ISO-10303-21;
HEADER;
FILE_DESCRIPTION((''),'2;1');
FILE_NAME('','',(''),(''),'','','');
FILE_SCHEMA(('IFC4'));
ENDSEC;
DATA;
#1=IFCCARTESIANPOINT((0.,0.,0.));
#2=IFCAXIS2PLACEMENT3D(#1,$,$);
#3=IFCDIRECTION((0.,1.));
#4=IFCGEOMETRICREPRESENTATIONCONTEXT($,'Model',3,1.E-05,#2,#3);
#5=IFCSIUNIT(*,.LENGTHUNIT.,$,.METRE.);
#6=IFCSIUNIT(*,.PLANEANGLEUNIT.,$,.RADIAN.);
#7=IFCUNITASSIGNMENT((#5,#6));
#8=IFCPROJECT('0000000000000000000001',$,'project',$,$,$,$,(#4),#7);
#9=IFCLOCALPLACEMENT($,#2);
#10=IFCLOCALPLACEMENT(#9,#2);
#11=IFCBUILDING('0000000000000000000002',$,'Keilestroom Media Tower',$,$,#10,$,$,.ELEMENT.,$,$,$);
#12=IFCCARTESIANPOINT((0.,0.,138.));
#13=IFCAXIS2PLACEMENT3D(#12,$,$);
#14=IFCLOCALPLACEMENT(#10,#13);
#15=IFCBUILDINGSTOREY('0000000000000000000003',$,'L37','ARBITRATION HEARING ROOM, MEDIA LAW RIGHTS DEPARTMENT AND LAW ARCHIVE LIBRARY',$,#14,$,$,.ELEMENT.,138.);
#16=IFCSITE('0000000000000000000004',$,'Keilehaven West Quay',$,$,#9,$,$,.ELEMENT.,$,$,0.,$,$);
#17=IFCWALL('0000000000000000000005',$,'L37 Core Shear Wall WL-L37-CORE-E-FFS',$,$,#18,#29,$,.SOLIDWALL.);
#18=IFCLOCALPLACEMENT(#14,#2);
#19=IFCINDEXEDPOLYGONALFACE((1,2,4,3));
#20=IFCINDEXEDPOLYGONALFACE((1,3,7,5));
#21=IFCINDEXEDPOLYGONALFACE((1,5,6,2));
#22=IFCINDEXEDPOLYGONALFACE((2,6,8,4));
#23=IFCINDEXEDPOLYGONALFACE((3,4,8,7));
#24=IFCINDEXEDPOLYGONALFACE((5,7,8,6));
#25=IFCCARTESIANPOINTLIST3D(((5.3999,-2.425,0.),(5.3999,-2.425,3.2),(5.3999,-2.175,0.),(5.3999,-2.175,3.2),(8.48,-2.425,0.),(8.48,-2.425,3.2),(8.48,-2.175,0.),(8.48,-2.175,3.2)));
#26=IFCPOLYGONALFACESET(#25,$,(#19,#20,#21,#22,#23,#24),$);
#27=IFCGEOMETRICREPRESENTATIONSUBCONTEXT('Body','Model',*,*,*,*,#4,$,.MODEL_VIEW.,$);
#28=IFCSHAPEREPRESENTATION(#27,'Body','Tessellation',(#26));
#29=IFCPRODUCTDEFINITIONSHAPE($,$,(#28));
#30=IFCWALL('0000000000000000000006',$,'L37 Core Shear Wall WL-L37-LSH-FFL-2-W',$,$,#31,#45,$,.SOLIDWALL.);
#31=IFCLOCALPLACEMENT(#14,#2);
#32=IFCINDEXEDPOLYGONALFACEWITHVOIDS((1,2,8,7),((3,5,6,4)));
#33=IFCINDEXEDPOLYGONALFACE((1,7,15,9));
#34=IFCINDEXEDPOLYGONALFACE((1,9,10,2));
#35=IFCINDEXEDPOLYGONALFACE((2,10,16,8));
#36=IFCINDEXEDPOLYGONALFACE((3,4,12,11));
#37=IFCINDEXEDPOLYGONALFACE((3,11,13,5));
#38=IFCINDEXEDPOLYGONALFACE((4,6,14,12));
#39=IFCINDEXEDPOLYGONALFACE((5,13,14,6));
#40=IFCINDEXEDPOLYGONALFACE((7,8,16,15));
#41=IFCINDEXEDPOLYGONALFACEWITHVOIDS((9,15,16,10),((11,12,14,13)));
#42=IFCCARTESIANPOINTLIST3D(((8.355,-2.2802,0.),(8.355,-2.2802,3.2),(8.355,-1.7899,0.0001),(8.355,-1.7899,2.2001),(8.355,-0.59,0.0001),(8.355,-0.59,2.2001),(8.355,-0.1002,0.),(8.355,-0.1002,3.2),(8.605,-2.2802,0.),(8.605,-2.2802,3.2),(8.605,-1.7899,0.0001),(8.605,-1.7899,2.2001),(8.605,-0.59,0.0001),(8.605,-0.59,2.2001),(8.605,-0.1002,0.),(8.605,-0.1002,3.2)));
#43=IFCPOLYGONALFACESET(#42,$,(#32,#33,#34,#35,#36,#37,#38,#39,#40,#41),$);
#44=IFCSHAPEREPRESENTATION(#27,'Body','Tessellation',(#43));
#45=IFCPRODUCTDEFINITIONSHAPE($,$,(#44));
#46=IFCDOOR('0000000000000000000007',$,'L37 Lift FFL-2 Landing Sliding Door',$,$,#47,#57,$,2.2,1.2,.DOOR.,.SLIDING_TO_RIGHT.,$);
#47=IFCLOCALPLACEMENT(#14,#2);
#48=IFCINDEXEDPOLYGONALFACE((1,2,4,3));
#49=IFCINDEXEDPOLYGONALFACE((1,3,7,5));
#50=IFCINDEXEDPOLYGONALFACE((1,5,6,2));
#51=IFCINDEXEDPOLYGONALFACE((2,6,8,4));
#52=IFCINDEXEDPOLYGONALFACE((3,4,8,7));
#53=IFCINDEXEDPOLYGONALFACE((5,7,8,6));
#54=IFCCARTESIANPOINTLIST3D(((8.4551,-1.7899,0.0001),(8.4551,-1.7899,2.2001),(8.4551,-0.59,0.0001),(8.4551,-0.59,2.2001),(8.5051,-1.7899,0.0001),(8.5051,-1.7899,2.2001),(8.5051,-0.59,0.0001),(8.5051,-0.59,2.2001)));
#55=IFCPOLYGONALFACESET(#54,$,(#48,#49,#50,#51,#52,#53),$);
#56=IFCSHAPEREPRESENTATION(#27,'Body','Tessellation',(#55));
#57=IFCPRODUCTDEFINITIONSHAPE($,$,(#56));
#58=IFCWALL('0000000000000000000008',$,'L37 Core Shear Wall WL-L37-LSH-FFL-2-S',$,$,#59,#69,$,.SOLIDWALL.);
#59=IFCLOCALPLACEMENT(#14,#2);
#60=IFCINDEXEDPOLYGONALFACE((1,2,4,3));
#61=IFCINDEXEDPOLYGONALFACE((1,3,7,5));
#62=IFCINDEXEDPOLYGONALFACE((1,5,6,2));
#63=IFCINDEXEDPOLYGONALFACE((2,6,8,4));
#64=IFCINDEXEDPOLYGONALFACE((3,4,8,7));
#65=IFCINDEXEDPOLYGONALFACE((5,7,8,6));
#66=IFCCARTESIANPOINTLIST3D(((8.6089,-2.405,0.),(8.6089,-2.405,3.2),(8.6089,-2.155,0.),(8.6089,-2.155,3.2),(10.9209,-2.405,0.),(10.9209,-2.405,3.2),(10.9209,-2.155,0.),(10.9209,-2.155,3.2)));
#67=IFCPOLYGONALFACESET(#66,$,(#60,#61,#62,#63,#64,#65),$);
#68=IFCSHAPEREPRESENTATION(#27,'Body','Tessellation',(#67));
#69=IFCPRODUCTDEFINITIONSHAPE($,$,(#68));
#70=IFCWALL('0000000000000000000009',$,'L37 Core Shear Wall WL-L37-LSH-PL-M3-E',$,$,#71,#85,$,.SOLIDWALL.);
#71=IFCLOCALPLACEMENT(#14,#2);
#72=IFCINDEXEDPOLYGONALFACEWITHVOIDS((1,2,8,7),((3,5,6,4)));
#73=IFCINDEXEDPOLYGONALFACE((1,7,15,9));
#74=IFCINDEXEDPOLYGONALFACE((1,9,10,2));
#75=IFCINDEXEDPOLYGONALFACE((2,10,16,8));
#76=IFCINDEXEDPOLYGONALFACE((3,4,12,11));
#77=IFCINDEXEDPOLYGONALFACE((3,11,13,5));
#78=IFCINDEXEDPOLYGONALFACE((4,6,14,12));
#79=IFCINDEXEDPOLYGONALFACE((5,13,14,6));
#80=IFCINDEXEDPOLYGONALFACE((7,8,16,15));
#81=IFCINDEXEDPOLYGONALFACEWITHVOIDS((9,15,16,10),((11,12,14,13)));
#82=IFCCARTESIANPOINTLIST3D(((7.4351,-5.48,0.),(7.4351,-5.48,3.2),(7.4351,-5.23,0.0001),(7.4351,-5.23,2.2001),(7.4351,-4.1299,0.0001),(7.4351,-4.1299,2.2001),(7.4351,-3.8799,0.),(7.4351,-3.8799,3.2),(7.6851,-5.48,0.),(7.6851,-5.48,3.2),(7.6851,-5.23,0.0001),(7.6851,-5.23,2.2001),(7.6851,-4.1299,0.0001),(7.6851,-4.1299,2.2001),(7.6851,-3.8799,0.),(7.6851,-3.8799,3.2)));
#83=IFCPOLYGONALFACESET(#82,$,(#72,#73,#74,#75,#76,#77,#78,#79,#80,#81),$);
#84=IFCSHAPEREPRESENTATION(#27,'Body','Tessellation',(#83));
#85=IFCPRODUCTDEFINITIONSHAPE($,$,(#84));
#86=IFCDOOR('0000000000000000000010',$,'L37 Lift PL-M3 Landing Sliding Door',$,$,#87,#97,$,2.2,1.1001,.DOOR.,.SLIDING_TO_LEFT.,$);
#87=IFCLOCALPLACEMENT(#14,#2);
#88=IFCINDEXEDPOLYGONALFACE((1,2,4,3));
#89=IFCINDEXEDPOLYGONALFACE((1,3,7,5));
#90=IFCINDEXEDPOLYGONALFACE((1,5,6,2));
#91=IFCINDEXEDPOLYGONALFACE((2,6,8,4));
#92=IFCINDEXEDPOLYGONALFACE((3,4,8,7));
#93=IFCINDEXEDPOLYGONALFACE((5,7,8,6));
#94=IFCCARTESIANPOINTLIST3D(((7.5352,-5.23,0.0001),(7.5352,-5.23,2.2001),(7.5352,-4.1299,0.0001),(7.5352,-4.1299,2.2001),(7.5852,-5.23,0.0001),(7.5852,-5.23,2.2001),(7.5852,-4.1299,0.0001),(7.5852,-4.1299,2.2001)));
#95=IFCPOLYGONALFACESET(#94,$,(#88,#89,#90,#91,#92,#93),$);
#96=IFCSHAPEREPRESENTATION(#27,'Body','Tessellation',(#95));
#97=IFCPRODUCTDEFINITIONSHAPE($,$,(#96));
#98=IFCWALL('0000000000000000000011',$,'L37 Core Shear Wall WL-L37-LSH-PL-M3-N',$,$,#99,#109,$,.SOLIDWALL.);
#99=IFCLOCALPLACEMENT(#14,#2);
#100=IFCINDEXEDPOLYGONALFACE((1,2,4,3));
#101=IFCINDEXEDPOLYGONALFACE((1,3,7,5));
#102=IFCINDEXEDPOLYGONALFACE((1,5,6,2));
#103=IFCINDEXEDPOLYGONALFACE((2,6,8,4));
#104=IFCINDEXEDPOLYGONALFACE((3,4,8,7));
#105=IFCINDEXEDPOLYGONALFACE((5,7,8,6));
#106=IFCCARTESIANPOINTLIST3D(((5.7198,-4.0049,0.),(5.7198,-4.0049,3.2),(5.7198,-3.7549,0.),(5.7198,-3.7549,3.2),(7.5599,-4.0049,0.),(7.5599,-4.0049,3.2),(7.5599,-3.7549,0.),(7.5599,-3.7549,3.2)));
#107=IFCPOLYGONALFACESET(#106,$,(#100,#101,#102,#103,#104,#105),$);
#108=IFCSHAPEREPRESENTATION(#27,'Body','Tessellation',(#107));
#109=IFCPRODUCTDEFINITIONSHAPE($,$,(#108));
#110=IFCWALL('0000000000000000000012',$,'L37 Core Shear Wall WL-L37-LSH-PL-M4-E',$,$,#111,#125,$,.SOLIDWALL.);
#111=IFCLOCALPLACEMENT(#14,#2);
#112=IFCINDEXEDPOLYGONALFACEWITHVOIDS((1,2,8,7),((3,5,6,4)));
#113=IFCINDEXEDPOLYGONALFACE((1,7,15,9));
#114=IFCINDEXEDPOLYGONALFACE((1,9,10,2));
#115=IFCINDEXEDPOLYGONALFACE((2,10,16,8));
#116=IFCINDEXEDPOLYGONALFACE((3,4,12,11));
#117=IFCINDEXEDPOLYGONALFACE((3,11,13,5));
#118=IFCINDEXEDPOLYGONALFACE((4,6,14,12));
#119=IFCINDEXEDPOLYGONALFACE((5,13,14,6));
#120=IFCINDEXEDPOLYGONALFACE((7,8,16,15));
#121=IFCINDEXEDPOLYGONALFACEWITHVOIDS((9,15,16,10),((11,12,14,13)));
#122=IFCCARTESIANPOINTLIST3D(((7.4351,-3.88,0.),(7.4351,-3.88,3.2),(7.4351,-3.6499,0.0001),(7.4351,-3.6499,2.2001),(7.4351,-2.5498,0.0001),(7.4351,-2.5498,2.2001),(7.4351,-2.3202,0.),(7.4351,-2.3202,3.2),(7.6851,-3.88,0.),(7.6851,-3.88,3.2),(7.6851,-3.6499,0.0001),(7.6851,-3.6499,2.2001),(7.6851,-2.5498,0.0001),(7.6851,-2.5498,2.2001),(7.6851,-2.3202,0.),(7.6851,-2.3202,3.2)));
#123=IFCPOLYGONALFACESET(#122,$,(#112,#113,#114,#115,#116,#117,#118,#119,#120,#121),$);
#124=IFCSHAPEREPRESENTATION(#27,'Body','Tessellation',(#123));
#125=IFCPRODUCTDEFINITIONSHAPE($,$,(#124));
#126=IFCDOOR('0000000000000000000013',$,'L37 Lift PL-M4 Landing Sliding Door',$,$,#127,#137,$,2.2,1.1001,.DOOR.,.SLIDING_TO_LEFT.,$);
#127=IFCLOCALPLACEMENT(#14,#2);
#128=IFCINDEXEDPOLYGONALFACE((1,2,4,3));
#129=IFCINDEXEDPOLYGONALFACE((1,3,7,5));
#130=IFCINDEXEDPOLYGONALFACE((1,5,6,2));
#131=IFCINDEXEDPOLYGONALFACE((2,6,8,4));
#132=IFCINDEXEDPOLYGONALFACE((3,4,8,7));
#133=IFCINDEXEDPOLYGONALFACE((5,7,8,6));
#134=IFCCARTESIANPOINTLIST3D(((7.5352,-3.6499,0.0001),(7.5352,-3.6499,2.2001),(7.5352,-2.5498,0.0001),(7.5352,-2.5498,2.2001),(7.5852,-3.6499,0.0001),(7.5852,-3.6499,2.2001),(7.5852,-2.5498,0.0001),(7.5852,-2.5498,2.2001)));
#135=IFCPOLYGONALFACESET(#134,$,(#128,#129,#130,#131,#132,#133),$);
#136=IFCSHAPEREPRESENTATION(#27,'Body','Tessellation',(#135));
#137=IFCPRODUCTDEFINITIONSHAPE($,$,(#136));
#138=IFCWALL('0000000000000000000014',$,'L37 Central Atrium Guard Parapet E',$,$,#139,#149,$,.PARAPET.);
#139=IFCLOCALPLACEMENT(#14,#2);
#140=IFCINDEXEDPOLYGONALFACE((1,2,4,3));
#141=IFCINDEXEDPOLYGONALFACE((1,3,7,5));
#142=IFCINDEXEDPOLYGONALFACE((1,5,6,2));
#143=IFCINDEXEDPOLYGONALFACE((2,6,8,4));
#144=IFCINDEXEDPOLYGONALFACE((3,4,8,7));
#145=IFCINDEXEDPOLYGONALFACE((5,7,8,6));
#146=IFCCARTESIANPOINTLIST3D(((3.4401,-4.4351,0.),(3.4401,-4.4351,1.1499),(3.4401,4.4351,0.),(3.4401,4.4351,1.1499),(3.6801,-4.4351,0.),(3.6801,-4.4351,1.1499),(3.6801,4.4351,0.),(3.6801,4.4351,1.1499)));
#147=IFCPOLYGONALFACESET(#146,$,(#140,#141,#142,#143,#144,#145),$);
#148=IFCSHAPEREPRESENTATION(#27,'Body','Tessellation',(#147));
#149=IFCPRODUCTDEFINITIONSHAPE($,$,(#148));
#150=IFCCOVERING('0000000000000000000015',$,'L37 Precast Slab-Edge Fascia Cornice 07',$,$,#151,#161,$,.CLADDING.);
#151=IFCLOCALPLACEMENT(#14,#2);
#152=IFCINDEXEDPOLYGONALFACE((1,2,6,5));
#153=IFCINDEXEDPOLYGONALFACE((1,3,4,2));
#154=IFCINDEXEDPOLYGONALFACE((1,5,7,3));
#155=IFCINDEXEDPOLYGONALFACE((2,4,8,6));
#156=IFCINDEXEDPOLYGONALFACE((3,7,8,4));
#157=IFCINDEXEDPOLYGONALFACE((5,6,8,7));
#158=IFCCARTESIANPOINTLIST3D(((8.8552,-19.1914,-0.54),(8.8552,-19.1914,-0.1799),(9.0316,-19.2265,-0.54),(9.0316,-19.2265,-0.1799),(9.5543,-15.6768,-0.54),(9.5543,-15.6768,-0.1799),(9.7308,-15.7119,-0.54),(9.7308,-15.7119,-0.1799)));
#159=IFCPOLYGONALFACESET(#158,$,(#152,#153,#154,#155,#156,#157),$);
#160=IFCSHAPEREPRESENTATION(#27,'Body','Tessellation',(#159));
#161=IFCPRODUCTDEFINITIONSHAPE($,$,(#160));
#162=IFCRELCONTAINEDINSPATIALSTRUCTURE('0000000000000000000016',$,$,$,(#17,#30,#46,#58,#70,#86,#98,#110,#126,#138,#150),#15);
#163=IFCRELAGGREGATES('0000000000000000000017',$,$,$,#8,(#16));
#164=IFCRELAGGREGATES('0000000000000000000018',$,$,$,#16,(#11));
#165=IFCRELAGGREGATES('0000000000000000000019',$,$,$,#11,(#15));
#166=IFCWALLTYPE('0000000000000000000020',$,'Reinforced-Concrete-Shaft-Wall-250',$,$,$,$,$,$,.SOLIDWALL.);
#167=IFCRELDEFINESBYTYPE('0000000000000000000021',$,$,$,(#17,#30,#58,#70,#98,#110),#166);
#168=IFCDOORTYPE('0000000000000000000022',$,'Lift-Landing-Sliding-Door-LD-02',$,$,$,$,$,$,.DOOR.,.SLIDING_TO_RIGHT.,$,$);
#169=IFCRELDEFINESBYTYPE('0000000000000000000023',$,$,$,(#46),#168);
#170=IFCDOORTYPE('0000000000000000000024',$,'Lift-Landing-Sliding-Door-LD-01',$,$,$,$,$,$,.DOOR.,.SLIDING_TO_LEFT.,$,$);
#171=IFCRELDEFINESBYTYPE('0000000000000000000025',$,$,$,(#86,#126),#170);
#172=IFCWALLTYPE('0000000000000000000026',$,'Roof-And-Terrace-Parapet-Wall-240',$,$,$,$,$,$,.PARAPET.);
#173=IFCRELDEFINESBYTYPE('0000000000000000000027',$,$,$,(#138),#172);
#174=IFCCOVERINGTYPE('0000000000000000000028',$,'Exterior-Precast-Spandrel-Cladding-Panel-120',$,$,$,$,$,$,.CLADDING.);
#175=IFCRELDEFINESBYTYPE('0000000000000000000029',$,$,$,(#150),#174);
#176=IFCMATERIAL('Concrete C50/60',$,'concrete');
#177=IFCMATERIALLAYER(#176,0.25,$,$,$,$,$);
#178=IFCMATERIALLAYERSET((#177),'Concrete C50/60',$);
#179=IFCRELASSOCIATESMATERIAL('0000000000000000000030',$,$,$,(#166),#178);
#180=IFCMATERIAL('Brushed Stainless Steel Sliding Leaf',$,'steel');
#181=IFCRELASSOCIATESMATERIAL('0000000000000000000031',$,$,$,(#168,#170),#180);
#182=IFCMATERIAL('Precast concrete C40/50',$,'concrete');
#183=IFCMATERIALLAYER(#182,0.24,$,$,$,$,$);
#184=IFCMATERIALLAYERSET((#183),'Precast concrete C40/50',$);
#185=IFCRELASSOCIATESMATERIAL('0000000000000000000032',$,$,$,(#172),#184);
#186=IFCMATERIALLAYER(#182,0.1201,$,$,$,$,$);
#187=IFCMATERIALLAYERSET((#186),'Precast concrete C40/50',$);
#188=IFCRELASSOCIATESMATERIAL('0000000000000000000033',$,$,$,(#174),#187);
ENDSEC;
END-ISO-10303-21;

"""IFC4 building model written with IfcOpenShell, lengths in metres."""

from ifc_helpers import new_model, si_unit, direction, frame, frame_2d, origin, origin_2d, place, context, subcontext, project, spatial, rectangle, extrude, source, transform, mapped, material, layer, layer_set, type_object, element, fill, save


model = new_model("IFC4")

# Units and contexts
model_context = context("Model", 3, precision=1e-05, world=origin(), true_north=direction((0.0, 1.0)))
body_context = subcontext(model_context, "Body", "Model", "MODEL_VIEW")
ifc_project = project(units=[si_unit("LENGTHUNIT", "METRE"), si_unit("PLANEANGLEUNIT", "RADIAN")], contexts=[model_context])

# Site, building, storey
site_placement = place(None, origin())
site = spatial("IfcSite", under=ifc_project, at=site_placement, Name="Keilehaven West Quay", CompositionType="ELEMENT", RefElevation=0.0)
building_placement = place(site_placement, origin())
building = spatial("IfcBuilding", under=site, at=building_placement, Name="Keilestroom Media Tower", CompositionType="ELEMENT")
storey_placement = place(building_placement, frame((0.0, 0.0, 138.0)))
storey = spatial("IfcBuildingStorey", under=building, at=storey_placement, Name="L37", Description="ARBITRATION HEARING ROOM, MEDIA LAW RIGHTS DEPARTMENT AND LAW ARCHIVE LIBRARY", CompositionType="ELEMENT", Elevation=138.0)

# Shared definitions
shared_shape_1 = source(origin(), body_context, "Body", "SweptSolid", [
    extrude(rectangle(XDim=1.2, YDim=2.2, at=frame_2d((0.6001, 1.1001))), frame((0.0, 0.0249, 0.0), z_axis=(0.0, -1.0, 0.0), x_axis=(1.0, 0.0, 0.0)), (0.0, 0.0, 1.0), 0.05),
])

# Wall
ifc_material_1 = material(Name="Concrete C50/60", Category="concrete")
ifc_layer_1 = layer(ifc_material_1, 0.25)
ifc_layer_set_1 = layer_set([ifc_layer_1], Name="Concrete C50/60")
wall_type_1 = type_object("IfcWallType", Name="Reinforced-Concrete-Shaft-Wall-250", PredefinedType="SOLIDWALL", material=ifc_layer_set_1)
wall_1_placement = place(storey_placement, frame((5.3999, -2.3, 0.0), z_axis=(0.0, 0.0, 1.0), x_axis=(1.0, 0.0, 0.0)))
element("IfcWall", 1, at=wall_1_placement, inside=storey, type_object=wall_type_1, Name="L37 Core Shear Wall WL-L37-CORE-E-FFS", PredefinedType="SOLIDWALL", context=body_context, shape_type="SweptSolid", body=[
    extrude(rectangle(XDim=3.0801, YDim=0.25, at=frame_2d((1.54, 0.0))), origin(), (0.0, 0.0, 1.0), 3.2),
])

# Wall, opening, door
wall_2_placement = place(storey_placement, frame((8.48, -2.28, 0.0), z_axis=(0.0, 0.0, 1.0), x_axis=(0.0, 1.0, 0.0)))
wall_2 = element("IfcWall", 2, at=wall_2_placement, inside=storey, type_object=wall_type_1, Name="L37 Core Shear Wall WL-L37-LSH-FFL-2-W", PredefinedType="SOLIDWALL", context=body_context, shape_type="SweptSolid", body=[
    extrude(rectangle(XDim=2.1799, YDim=0.25, at=frame_2d((1.0898, 0.0))), origin(), (0.0, 0.0, 1.0), 3.2),
])
opening_1_placement = place(wall_2_placement, frame((0.49, 0.0, 0.0)))
opening_1 = element("IfcOpeningElement", 3, at=opening_1_placement, cuts=wall_2, PredefinedType="OPENING", context=body_context, shape_type="SweptSolid", body=[
    extrude(rectangle(XDim=1.2, YDim=2.2, at=frame_2d((0.6001, 1.1001))), frame((0.0, 0.135, 0.0), z_axis=(0.0, -1.0, 0.0), x_axis=(1.0, 0.0, 0.0)), (0.0, 0.0, 1.0), 0.27),
])
ifc_material_2 = material(Name="Brushed Stainless Steel Sliding Leaf", Category="steel")
door_type_1 = type_object("IfcDoorType", Name="Lift-Landing-Sliding-Door-LD-02", OperationType="SLIDING_TO_RIGHT", PredefinedType="DOOR", material=ifc_material_2)
door_1_placement = place(opening_1_placement, origin())
door_1 = element("IfcDoor", 4, at=door_1_placement, inside=storey, type_object=door_type_1, Name="L37 Lift FFL-2 Landing Sliding Door", OperationType="SLIDING_TO_RIGHT", OverallHeight=2.2, OverallWidth=1.2, PredefinedType="DOOR", context=body_context, shape_type="MappedRepresentation", body=[
    mapped(shared_shape_1, transform((0.0, 0.0, 0.0), x_axis=(1.0, 0.0, 0.0), y_axis=(0.0, 1.0, 0.0), z_axis=(0.0, 0.0, 1.0), scale=1.0)),
])
fill(opening_1, door_1)

# Wall
wall_3_placement = place(storey_placement, frame((8.6089, -2.28, 0.0), z_axis=(0.0, 0.0, 1.0), x_axis=(1.0, 0.0, 0.0)))
element("IfcWall", 5, at=wall_3_placement, inside=storey, type_object=wall_type_1, Name="L37 Core Shear Wall WL-L37-LSH-FFL-2-S", PredefinedType="SOLIDWALL", context=body_context, shape_type="SweptSolid", body=[
    extrude(rectangle(XDim=2.312, YDim=0.25, at=frame_2d((1.156, 0.0))), origin(), (0.0, 0.0, 1.0), 3.2),
])

# Wall, opening, door
wall_4_placement = place(storey_placement, frame((7.5601, -5.48, 0.0), z_axis=(0.0, 0.0, 1.0), x_axis=(0.0, 1.0, 0.0)))
wall_4 = element("IfcWall", 6, at=wall_4_placement, inside=storey, type_object=wall_type_1, Name="L37 Core Shear Wall WL-L37-LSH-PL-M3-E", PredefinedType="SOLIDWALL", context=body_context, shape_type="SweptSolid", body=[
    extrude(rectangle(XDim=1.6001, YDim=0.25, at=frame_2d((0.8, 0.0))), origin(), (0.0, 0.0, 1.0), 3.2),
])
opening_2_placement = place(wall_4_placement, frame((0.25, 0.0, 0.0)))
opening_2 = element("IfcOpeningElement", 7, at=opening_2_placement, cuts=wall_4, PredefinedType="OPENING", context=body_context, shape_type="SweptSolid", body=[
    extrude(rectangle(XDim=1.1001, YDim=2.2, at=frame_2d((0.55, 1.1001))), frame((0.0, 0.135, 0.0), z_axis=(0.0, -1.0, 0.0), x_axis=(1.0, 0.0, 0.0)), (0.0, 0.0, 1.0), 0.27),
])
door_type_2 = type_object("IfcDoorType", Name="Lift-Landing-Sliding-Door-LD-01", OperationType="SLIDING_TO_LEFT", PredefinedType="DOOR", material=ifc_material_2)
shared_shape_2 = source(origin(), body_context, "Body", "SweptSolid", [
    extrude(rectangle(XDim=1.1001, YDim=2.2, at=frame_2d((0.55, 1.1001))), frame((0.0, 0.0249, 0.0), z_axis=(0.0, -1.0, 0.0), x_axis=(1.0, 0.0, 0.0)), (0.0, 0.0, 1.0), 0.05),
])
door_2_placement = place(opening_2_placement, origin())
door_2 = element("IfcDoor", 8, at=door_2_placement, inside=storey, type_object=door_type_2, Name="L37 Lift PL-M3 Landing Sliding Door", OperationType="SLIDING_TO_LEFT", OverallHeight=2.2, OverallWidth=1.1001, PredefinedType="DOOR", context=body_context, shape_type="MappedRepresentation", body=[
    mapped(shared_shape_2, transform((0.0, 0.0, 0.0), x_axis=(1.0, 0.0, 0.0), y_axis=(0.0, 1.0, 0.0), z_axis=(0.0, 0.0, 1.0), scale=1.0)),
])
fill(opening_2, door_2)

# Wall
wall_5_placement = place(storey_placement, frame((5.72, -3.8799, 0.0), z_axis=(0.0, 0.0, 1.0), x_axis=(1.0, 0.0, 0.0)))
element("IfcWall", 9, at=wall_5_placement, inside=storey, type_object=wall_type_1, Name="L37 Core Shear Wall WL-L37-LSH-PL-M3-N", PredefinedType="SOLIDWALL", context=body_context, shape_type="SweptSolid", body=[
    extrude(rectangle(XDim=1.8401, YDim=0.25, at=frame_2d((0.9199, 0.0))), origin(), (0.0, 0.0, 1.0), 3.2),
])

# Wall, opening, door
wall_6_placement = place(storey_placement, frame((7.5601, -3.8799, 0.0), z_axis=(0.0, 0.0, 1.0), x_axis=(0.0, 1.0, 0.0)))
wall_6 = element("IfcWall", 10, at=wall_6_placement, inside=storey, type_object=wall_type_1, Name="L37 Core Shear Wall WL-L37-LSH-PL-M4-E", PredefinedType="SOLIDWALL", context=body_context, shape_type="SweptSolid", body=[
    extrude(rectangle(XDim=1.5598, YDim=0.25, at=frame_2d((0.7798, 0.0))), origin(), (0.0, 0.0, 1.0), 3.2),
])
opening_3_placement = place(wall_6_placement, frame((0.23, 0.0, 0.0)))
opening_3 = element("IfcOpeningElement", 11, at=opening_3_placement, cuts=wall_6, PredefinedType="OPENING", context=body_context, shape_type="SweptSolid", body=[
    extrude(rectangle(XDim=1.1001, YDim=2.2, at=frame_2d((0.55, 1.1001))), frame((0.0, 0.135, 0.0), z_axis=(0.0, -1.0, 0.0), x_axis=(1.0, 0.0, 0.0)), (0.0, 0.0, 1.0), 0.27),
])
door_3_placement = place(opening_3_placement, origin())
door_3 = element("IfcDoor", 12, at=door_3_placement, inside=storey, type_object=door_type_2, Name="L37 Lift PL-M4 Landing Sliding Door", OperationType="SLIDING_TO_LEFT", OverallHeight=2.2, OverallWidth=1.1001, PredefinedType="DOOR", context=body_context, shape_type="MappedRepresentation", body=[
    mapped(shared_shape_2, transform((0.0, 0.0, 0.0), x_axis=(1.0, 0.0, 0.0), y_axis=(0.0, 1.0, 0.0), z_axis=(0.0, 0.0, 1.0), scale=1.0)),
])
fill(opening_3, door_3)

# Wall
ifc_material_3 = material(Name="Precast concrete C40/50", Category="concrete")
ifc_layer_2 = layer(ifc_material_3, 0.24)
ifc_layer_set_2 = layer_set([ifc_layer_2], Name="Precast concrete C40/50")
wall_type_2 = type_object("IfcWallType", Name="Roof-And-Terrace-Parapet-Wall-240", PredefinedType="PARAPET", material=ifc_layer_set_2)
wall_7_placement = place(storey_placement, frame((3.5601, -4.4351, 0.0), z_axis=(0.0, 0.0, 1.0), x_axis=(0.0, 1.0, 0.0)))
element("IfcWall", 13, at=wall_7_placement, inside=storey, type_object=wall_type_2, Name="L37 Central Atrium Guard Parapet E", PredefinedType="PARAPET", context=body_context, shape_type="SweptSolid", body=[
    extrude(rectangle(XDim=8.8701, YDim=0.24, at=frame_2d((4.4351, 0.0))), origin(), (0.0, 0.0, 1.0), 1.1499),
])

# Covering
ifc_layer_3 = layer(ifc_material_3, 0.1201)
ifc_layer_set_3 = layer_set([ifc_layer_3], Name="Precast concrete C40/50")
covering_type = type_object("IfcCoveringType", Name="Exterior-Precast-Spandrel-Cladding-Panel-120", PredefinedType="CLADDING", material=ifc_layer_set_3)
shared_shape_3 = source(origin(), body_context, "Body", "SweptSolid", [
    extrude(rectangle(XDim=3.5835, YDim=0.1799, at=origin_2d()), origin(), (0.0, 0.0, 1.0), 0.3601),
])
covering_placement = place(storey_placement, frame((9.293, -17.4517, -0.54), z_axis=(0.0, 0.0, 1.0), x_axis=(-0.195099, -0.980784, 0.0)))
element("IfcCovering", 14, at=covering_placement, inside=storey, type_object=covering_type, Name="L37 Precast Slab-Edge Fascia Cornice 07", PredefinedType="CLADDING", context=body_context, shape_type="MappedRepresentation", body=[
    mapped(shared_shape_3, transform((0.0, 0.0, 0.0), x_axis=(1.0, 0.0, 0.0), y_axis=(0.0, 1.0, 0.0), z_axis=(0.0, 0.0, 1.0), scale=1.0)),
])

save(model, "model.ifc")
